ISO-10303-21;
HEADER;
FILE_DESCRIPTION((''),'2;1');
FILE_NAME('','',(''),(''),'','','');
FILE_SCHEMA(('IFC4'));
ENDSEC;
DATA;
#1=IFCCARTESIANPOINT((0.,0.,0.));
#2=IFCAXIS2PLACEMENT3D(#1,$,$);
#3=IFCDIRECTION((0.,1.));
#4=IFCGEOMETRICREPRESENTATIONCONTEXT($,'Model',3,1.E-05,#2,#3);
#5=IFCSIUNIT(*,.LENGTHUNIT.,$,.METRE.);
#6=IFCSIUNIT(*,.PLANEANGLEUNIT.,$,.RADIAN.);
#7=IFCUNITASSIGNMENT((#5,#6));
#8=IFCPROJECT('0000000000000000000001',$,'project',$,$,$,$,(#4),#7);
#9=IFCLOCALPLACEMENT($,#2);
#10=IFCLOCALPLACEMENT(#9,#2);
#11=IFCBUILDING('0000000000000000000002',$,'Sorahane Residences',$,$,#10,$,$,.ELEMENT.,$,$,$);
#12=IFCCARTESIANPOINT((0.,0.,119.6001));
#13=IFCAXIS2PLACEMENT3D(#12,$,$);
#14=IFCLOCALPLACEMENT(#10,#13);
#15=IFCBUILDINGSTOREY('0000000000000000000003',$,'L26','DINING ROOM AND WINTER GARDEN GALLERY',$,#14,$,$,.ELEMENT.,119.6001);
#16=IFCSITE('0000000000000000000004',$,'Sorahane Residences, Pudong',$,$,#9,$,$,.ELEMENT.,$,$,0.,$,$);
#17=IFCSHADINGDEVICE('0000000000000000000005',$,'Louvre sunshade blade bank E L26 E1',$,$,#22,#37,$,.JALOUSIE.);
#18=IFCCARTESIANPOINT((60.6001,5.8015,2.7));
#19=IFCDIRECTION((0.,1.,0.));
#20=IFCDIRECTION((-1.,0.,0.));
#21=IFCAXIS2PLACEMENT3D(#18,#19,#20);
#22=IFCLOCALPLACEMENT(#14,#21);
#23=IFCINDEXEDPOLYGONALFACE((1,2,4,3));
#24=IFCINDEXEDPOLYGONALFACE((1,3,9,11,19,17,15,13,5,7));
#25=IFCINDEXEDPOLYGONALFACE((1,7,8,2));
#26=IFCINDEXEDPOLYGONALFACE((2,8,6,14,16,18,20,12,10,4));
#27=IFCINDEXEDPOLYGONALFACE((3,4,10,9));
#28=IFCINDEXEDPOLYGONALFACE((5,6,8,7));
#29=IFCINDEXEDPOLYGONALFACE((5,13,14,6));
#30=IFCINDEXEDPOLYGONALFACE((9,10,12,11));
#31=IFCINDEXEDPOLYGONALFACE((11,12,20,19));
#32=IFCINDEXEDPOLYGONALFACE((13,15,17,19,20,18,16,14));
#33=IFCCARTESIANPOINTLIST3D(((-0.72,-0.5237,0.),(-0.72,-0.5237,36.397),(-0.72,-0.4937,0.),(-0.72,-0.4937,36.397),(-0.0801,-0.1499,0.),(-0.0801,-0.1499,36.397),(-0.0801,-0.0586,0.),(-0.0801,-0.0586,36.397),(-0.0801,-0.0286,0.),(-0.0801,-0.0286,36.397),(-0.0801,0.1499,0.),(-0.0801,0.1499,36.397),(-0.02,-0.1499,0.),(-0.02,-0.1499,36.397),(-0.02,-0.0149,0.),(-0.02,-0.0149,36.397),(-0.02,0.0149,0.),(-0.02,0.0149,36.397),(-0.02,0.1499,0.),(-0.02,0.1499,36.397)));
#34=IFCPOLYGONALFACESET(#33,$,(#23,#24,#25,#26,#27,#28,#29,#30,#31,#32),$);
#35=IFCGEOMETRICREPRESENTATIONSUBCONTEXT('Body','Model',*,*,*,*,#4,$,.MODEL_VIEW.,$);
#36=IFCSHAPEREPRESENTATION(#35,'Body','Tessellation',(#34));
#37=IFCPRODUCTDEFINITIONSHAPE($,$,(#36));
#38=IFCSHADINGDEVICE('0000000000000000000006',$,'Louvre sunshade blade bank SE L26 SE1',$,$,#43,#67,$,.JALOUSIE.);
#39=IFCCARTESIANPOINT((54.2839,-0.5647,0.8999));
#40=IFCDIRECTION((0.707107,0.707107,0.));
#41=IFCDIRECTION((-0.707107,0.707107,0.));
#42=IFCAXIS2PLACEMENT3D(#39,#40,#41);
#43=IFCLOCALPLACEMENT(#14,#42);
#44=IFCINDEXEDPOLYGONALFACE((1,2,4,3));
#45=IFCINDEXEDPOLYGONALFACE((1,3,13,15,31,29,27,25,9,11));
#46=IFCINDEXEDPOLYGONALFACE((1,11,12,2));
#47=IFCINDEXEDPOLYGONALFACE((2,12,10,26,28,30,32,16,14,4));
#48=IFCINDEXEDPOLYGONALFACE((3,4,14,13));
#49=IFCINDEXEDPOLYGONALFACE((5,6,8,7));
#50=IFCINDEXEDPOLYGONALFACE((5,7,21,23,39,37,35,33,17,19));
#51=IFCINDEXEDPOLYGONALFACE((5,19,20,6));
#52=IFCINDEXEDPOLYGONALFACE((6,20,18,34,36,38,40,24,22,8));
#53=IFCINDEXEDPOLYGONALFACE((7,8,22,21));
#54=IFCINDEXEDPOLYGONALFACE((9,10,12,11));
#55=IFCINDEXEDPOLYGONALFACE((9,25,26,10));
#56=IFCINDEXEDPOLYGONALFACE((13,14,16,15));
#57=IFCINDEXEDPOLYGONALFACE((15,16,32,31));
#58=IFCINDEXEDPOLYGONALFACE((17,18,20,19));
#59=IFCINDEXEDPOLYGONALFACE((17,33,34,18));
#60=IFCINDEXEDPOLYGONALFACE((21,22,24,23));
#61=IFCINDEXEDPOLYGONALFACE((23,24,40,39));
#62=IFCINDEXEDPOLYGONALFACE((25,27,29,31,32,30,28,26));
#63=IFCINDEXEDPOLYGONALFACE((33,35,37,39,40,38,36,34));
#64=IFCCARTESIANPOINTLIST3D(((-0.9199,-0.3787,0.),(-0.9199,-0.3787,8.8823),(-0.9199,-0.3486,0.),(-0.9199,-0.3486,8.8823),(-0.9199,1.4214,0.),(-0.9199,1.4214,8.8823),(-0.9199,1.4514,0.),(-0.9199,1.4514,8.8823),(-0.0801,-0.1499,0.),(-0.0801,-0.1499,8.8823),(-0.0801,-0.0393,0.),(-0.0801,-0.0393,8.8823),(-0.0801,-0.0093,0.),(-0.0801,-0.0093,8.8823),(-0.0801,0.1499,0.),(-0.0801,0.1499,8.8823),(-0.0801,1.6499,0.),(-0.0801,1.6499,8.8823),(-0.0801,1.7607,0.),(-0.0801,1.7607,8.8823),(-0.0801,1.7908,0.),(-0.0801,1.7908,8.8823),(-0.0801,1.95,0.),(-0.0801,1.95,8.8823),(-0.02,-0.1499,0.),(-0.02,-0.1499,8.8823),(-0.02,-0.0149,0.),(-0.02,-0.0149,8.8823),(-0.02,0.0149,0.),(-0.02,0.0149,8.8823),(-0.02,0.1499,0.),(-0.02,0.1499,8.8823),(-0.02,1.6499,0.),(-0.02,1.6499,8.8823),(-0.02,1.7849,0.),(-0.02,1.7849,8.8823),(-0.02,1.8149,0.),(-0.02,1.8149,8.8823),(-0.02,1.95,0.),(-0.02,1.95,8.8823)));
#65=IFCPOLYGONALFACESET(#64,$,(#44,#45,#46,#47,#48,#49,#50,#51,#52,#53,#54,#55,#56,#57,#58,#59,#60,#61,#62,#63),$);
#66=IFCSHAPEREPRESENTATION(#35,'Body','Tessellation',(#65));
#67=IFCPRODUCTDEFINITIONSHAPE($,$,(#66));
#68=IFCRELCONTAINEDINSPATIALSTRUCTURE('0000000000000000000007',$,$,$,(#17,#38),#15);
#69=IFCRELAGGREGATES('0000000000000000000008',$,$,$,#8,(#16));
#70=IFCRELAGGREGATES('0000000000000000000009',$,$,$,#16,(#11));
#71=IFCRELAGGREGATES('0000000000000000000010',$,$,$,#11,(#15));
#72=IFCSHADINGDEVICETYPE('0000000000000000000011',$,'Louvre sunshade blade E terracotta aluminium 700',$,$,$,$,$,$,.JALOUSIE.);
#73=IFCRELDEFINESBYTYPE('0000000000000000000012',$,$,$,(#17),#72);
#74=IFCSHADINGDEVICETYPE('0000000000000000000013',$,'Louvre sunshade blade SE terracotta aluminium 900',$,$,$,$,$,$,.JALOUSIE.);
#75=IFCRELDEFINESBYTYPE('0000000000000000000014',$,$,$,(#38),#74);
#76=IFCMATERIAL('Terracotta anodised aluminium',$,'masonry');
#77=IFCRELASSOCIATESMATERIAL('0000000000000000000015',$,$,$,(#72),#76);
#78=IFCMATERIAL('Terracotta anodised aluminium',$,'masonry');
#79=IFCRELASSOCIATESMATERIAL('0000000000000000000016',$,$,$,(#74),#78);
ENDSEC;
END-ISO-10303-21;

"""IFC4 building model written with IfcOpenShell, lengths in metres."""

from ifc_helpers import new_model, si_unit, direction, frame, origin, place, context, subcontext, project, spatial, polyline, outline, composite_profile, extrude, material, type_object, element, save


model = new_model("IFC4")

# Units and contexts
model_context = context("Model", 3, precision=1e-05, world=origin(), true_north=direction((0.0, 1.0)))
body_context = subcontext(model_context, "Body", "Model", "MODEL_VIEW")
ifc_project = project(units=[si_unit("LENGTHUNIT", "METRE"), si_unit("PLANEANGLEUNIT", "RADIAN")], contexts=[model_context])

# Site, building, storey
site_placement = place(None, origin())
site = spatial("IfcSite", under=ifc_project, at=site_placement, Name="Sorahane Residences, Pudong", CompositionType="ELEMENT", RefElevation=0.0)
building_placement = place(site_placement, origin())
building = spatial("IfcBuilding", under=site, at=building_placement, Name="Sorahane Residences", CompositionType="ELEMENT")
storey_placement = place(building_placement, frame((0.0, 0.0, 119.6001)))
storey = spatial("IfcBuildingStorey", under=building, at=storey_placement, Name="L26", Description="DINING ROOM AND WINTER GARDEN GALLERY", CompositionType="ELEMENT", Elevation=119.6001)

# Shading devices
ifc_material_1 = material(Name="Terracotta anodised aluminium", Category="masonry")
shading_device_type_1 = type_object("IfcShadingDeviceType", Name="Louvre sunshade blade E terracotta aluminium 700", PredefinedType="JALOUSIE", material=ifc_material_1)
shading_device_1_placement = place(storey_placement, frame((60.6001, 5.8015, 2.7), z_axis=(0.0, 1.0, 0.0), x_axis=(-1.0, 0.0, 0.0)))
element("IfcShadingDevice", 1, at=shading_device_1_placement, inside=storey, type_object=shading_device_type_1, Name="Louvre sunshade blade bank E L26 E1", PredefinedType="JALOUSIE", context=body_context, shape_type="SweptSolid", body=[
    extrude(outline(polyline([(-0.72, -0.4937), (-0.72, -0.5237), (-0.0801, -0.0586), (-0.0801, -0.1499), (-0.02, -0.1499), (-0.02, -0.0149), (-0.02, 0.0149), (-0.02, 0.1499), (-0.0801, 0.1499), (-0.0801, -0.0286), (-0.72, -0.4937)])), origin(), (0.0, 0.0, 1.0), 36.397),
])
ifc_material_2 = material(Name="Terracotta anodised aluminium", Category="masonry")
shading_device_type_2 = type_object("IfcShadingDeviceType", Name="Louvre sunshade blade SE terracotta aluminium 900", PredefinedType="JALOUSIE", material=ifc_material_2)
shading_device_2_placement = place(storey_placement, frame((54.2839, -0.5647, 0.8999), z_axis=(0.707107, 0.707107, 0.0), x_axis=(-0.707107, 0.707107, 0.0)))
element("IfcShadingDevice", 2, at=shading_device_2_placement, inside=storey, type_object=shading_device_type_2, Name="Louvre sunshade blade bank SE L26 SE1", PredefinedType="JALOUSIE", context=body_context, shape_type="SweptSolid", body=[
    extrude(composite_profile([outline(polyline([(-0.9199, -0.3486), (-0.9199, -0.3787), (-0.0801, -0.0393), (-0.0801, -0.1499), (-0.02, -0.1499), (-0.02, -0.0149), (-0.02, 0.0149), (-0.02, 0.1499), (-0.0801, 0.1499), (-0.0801, -0.0093), (-0.9199, -0.3486)])), outline(polyline([(-0.9199, 1.4514), (-0.9199, 1.4214), (-0.0801, 1.7607), (-0.0801, 1.6499), (-0.02, 1.6499), (-0.02, 1.7849), (-0.02, 1.8149), (-0.02, 1.95), (-0.0801, 1.95), (-0.0801, 1.7908), (-0.9199, 1.4514)]))]), origin(), (0.0, 0.0, 1.0), 8.8823),
])

save(model, "model.ifc")
